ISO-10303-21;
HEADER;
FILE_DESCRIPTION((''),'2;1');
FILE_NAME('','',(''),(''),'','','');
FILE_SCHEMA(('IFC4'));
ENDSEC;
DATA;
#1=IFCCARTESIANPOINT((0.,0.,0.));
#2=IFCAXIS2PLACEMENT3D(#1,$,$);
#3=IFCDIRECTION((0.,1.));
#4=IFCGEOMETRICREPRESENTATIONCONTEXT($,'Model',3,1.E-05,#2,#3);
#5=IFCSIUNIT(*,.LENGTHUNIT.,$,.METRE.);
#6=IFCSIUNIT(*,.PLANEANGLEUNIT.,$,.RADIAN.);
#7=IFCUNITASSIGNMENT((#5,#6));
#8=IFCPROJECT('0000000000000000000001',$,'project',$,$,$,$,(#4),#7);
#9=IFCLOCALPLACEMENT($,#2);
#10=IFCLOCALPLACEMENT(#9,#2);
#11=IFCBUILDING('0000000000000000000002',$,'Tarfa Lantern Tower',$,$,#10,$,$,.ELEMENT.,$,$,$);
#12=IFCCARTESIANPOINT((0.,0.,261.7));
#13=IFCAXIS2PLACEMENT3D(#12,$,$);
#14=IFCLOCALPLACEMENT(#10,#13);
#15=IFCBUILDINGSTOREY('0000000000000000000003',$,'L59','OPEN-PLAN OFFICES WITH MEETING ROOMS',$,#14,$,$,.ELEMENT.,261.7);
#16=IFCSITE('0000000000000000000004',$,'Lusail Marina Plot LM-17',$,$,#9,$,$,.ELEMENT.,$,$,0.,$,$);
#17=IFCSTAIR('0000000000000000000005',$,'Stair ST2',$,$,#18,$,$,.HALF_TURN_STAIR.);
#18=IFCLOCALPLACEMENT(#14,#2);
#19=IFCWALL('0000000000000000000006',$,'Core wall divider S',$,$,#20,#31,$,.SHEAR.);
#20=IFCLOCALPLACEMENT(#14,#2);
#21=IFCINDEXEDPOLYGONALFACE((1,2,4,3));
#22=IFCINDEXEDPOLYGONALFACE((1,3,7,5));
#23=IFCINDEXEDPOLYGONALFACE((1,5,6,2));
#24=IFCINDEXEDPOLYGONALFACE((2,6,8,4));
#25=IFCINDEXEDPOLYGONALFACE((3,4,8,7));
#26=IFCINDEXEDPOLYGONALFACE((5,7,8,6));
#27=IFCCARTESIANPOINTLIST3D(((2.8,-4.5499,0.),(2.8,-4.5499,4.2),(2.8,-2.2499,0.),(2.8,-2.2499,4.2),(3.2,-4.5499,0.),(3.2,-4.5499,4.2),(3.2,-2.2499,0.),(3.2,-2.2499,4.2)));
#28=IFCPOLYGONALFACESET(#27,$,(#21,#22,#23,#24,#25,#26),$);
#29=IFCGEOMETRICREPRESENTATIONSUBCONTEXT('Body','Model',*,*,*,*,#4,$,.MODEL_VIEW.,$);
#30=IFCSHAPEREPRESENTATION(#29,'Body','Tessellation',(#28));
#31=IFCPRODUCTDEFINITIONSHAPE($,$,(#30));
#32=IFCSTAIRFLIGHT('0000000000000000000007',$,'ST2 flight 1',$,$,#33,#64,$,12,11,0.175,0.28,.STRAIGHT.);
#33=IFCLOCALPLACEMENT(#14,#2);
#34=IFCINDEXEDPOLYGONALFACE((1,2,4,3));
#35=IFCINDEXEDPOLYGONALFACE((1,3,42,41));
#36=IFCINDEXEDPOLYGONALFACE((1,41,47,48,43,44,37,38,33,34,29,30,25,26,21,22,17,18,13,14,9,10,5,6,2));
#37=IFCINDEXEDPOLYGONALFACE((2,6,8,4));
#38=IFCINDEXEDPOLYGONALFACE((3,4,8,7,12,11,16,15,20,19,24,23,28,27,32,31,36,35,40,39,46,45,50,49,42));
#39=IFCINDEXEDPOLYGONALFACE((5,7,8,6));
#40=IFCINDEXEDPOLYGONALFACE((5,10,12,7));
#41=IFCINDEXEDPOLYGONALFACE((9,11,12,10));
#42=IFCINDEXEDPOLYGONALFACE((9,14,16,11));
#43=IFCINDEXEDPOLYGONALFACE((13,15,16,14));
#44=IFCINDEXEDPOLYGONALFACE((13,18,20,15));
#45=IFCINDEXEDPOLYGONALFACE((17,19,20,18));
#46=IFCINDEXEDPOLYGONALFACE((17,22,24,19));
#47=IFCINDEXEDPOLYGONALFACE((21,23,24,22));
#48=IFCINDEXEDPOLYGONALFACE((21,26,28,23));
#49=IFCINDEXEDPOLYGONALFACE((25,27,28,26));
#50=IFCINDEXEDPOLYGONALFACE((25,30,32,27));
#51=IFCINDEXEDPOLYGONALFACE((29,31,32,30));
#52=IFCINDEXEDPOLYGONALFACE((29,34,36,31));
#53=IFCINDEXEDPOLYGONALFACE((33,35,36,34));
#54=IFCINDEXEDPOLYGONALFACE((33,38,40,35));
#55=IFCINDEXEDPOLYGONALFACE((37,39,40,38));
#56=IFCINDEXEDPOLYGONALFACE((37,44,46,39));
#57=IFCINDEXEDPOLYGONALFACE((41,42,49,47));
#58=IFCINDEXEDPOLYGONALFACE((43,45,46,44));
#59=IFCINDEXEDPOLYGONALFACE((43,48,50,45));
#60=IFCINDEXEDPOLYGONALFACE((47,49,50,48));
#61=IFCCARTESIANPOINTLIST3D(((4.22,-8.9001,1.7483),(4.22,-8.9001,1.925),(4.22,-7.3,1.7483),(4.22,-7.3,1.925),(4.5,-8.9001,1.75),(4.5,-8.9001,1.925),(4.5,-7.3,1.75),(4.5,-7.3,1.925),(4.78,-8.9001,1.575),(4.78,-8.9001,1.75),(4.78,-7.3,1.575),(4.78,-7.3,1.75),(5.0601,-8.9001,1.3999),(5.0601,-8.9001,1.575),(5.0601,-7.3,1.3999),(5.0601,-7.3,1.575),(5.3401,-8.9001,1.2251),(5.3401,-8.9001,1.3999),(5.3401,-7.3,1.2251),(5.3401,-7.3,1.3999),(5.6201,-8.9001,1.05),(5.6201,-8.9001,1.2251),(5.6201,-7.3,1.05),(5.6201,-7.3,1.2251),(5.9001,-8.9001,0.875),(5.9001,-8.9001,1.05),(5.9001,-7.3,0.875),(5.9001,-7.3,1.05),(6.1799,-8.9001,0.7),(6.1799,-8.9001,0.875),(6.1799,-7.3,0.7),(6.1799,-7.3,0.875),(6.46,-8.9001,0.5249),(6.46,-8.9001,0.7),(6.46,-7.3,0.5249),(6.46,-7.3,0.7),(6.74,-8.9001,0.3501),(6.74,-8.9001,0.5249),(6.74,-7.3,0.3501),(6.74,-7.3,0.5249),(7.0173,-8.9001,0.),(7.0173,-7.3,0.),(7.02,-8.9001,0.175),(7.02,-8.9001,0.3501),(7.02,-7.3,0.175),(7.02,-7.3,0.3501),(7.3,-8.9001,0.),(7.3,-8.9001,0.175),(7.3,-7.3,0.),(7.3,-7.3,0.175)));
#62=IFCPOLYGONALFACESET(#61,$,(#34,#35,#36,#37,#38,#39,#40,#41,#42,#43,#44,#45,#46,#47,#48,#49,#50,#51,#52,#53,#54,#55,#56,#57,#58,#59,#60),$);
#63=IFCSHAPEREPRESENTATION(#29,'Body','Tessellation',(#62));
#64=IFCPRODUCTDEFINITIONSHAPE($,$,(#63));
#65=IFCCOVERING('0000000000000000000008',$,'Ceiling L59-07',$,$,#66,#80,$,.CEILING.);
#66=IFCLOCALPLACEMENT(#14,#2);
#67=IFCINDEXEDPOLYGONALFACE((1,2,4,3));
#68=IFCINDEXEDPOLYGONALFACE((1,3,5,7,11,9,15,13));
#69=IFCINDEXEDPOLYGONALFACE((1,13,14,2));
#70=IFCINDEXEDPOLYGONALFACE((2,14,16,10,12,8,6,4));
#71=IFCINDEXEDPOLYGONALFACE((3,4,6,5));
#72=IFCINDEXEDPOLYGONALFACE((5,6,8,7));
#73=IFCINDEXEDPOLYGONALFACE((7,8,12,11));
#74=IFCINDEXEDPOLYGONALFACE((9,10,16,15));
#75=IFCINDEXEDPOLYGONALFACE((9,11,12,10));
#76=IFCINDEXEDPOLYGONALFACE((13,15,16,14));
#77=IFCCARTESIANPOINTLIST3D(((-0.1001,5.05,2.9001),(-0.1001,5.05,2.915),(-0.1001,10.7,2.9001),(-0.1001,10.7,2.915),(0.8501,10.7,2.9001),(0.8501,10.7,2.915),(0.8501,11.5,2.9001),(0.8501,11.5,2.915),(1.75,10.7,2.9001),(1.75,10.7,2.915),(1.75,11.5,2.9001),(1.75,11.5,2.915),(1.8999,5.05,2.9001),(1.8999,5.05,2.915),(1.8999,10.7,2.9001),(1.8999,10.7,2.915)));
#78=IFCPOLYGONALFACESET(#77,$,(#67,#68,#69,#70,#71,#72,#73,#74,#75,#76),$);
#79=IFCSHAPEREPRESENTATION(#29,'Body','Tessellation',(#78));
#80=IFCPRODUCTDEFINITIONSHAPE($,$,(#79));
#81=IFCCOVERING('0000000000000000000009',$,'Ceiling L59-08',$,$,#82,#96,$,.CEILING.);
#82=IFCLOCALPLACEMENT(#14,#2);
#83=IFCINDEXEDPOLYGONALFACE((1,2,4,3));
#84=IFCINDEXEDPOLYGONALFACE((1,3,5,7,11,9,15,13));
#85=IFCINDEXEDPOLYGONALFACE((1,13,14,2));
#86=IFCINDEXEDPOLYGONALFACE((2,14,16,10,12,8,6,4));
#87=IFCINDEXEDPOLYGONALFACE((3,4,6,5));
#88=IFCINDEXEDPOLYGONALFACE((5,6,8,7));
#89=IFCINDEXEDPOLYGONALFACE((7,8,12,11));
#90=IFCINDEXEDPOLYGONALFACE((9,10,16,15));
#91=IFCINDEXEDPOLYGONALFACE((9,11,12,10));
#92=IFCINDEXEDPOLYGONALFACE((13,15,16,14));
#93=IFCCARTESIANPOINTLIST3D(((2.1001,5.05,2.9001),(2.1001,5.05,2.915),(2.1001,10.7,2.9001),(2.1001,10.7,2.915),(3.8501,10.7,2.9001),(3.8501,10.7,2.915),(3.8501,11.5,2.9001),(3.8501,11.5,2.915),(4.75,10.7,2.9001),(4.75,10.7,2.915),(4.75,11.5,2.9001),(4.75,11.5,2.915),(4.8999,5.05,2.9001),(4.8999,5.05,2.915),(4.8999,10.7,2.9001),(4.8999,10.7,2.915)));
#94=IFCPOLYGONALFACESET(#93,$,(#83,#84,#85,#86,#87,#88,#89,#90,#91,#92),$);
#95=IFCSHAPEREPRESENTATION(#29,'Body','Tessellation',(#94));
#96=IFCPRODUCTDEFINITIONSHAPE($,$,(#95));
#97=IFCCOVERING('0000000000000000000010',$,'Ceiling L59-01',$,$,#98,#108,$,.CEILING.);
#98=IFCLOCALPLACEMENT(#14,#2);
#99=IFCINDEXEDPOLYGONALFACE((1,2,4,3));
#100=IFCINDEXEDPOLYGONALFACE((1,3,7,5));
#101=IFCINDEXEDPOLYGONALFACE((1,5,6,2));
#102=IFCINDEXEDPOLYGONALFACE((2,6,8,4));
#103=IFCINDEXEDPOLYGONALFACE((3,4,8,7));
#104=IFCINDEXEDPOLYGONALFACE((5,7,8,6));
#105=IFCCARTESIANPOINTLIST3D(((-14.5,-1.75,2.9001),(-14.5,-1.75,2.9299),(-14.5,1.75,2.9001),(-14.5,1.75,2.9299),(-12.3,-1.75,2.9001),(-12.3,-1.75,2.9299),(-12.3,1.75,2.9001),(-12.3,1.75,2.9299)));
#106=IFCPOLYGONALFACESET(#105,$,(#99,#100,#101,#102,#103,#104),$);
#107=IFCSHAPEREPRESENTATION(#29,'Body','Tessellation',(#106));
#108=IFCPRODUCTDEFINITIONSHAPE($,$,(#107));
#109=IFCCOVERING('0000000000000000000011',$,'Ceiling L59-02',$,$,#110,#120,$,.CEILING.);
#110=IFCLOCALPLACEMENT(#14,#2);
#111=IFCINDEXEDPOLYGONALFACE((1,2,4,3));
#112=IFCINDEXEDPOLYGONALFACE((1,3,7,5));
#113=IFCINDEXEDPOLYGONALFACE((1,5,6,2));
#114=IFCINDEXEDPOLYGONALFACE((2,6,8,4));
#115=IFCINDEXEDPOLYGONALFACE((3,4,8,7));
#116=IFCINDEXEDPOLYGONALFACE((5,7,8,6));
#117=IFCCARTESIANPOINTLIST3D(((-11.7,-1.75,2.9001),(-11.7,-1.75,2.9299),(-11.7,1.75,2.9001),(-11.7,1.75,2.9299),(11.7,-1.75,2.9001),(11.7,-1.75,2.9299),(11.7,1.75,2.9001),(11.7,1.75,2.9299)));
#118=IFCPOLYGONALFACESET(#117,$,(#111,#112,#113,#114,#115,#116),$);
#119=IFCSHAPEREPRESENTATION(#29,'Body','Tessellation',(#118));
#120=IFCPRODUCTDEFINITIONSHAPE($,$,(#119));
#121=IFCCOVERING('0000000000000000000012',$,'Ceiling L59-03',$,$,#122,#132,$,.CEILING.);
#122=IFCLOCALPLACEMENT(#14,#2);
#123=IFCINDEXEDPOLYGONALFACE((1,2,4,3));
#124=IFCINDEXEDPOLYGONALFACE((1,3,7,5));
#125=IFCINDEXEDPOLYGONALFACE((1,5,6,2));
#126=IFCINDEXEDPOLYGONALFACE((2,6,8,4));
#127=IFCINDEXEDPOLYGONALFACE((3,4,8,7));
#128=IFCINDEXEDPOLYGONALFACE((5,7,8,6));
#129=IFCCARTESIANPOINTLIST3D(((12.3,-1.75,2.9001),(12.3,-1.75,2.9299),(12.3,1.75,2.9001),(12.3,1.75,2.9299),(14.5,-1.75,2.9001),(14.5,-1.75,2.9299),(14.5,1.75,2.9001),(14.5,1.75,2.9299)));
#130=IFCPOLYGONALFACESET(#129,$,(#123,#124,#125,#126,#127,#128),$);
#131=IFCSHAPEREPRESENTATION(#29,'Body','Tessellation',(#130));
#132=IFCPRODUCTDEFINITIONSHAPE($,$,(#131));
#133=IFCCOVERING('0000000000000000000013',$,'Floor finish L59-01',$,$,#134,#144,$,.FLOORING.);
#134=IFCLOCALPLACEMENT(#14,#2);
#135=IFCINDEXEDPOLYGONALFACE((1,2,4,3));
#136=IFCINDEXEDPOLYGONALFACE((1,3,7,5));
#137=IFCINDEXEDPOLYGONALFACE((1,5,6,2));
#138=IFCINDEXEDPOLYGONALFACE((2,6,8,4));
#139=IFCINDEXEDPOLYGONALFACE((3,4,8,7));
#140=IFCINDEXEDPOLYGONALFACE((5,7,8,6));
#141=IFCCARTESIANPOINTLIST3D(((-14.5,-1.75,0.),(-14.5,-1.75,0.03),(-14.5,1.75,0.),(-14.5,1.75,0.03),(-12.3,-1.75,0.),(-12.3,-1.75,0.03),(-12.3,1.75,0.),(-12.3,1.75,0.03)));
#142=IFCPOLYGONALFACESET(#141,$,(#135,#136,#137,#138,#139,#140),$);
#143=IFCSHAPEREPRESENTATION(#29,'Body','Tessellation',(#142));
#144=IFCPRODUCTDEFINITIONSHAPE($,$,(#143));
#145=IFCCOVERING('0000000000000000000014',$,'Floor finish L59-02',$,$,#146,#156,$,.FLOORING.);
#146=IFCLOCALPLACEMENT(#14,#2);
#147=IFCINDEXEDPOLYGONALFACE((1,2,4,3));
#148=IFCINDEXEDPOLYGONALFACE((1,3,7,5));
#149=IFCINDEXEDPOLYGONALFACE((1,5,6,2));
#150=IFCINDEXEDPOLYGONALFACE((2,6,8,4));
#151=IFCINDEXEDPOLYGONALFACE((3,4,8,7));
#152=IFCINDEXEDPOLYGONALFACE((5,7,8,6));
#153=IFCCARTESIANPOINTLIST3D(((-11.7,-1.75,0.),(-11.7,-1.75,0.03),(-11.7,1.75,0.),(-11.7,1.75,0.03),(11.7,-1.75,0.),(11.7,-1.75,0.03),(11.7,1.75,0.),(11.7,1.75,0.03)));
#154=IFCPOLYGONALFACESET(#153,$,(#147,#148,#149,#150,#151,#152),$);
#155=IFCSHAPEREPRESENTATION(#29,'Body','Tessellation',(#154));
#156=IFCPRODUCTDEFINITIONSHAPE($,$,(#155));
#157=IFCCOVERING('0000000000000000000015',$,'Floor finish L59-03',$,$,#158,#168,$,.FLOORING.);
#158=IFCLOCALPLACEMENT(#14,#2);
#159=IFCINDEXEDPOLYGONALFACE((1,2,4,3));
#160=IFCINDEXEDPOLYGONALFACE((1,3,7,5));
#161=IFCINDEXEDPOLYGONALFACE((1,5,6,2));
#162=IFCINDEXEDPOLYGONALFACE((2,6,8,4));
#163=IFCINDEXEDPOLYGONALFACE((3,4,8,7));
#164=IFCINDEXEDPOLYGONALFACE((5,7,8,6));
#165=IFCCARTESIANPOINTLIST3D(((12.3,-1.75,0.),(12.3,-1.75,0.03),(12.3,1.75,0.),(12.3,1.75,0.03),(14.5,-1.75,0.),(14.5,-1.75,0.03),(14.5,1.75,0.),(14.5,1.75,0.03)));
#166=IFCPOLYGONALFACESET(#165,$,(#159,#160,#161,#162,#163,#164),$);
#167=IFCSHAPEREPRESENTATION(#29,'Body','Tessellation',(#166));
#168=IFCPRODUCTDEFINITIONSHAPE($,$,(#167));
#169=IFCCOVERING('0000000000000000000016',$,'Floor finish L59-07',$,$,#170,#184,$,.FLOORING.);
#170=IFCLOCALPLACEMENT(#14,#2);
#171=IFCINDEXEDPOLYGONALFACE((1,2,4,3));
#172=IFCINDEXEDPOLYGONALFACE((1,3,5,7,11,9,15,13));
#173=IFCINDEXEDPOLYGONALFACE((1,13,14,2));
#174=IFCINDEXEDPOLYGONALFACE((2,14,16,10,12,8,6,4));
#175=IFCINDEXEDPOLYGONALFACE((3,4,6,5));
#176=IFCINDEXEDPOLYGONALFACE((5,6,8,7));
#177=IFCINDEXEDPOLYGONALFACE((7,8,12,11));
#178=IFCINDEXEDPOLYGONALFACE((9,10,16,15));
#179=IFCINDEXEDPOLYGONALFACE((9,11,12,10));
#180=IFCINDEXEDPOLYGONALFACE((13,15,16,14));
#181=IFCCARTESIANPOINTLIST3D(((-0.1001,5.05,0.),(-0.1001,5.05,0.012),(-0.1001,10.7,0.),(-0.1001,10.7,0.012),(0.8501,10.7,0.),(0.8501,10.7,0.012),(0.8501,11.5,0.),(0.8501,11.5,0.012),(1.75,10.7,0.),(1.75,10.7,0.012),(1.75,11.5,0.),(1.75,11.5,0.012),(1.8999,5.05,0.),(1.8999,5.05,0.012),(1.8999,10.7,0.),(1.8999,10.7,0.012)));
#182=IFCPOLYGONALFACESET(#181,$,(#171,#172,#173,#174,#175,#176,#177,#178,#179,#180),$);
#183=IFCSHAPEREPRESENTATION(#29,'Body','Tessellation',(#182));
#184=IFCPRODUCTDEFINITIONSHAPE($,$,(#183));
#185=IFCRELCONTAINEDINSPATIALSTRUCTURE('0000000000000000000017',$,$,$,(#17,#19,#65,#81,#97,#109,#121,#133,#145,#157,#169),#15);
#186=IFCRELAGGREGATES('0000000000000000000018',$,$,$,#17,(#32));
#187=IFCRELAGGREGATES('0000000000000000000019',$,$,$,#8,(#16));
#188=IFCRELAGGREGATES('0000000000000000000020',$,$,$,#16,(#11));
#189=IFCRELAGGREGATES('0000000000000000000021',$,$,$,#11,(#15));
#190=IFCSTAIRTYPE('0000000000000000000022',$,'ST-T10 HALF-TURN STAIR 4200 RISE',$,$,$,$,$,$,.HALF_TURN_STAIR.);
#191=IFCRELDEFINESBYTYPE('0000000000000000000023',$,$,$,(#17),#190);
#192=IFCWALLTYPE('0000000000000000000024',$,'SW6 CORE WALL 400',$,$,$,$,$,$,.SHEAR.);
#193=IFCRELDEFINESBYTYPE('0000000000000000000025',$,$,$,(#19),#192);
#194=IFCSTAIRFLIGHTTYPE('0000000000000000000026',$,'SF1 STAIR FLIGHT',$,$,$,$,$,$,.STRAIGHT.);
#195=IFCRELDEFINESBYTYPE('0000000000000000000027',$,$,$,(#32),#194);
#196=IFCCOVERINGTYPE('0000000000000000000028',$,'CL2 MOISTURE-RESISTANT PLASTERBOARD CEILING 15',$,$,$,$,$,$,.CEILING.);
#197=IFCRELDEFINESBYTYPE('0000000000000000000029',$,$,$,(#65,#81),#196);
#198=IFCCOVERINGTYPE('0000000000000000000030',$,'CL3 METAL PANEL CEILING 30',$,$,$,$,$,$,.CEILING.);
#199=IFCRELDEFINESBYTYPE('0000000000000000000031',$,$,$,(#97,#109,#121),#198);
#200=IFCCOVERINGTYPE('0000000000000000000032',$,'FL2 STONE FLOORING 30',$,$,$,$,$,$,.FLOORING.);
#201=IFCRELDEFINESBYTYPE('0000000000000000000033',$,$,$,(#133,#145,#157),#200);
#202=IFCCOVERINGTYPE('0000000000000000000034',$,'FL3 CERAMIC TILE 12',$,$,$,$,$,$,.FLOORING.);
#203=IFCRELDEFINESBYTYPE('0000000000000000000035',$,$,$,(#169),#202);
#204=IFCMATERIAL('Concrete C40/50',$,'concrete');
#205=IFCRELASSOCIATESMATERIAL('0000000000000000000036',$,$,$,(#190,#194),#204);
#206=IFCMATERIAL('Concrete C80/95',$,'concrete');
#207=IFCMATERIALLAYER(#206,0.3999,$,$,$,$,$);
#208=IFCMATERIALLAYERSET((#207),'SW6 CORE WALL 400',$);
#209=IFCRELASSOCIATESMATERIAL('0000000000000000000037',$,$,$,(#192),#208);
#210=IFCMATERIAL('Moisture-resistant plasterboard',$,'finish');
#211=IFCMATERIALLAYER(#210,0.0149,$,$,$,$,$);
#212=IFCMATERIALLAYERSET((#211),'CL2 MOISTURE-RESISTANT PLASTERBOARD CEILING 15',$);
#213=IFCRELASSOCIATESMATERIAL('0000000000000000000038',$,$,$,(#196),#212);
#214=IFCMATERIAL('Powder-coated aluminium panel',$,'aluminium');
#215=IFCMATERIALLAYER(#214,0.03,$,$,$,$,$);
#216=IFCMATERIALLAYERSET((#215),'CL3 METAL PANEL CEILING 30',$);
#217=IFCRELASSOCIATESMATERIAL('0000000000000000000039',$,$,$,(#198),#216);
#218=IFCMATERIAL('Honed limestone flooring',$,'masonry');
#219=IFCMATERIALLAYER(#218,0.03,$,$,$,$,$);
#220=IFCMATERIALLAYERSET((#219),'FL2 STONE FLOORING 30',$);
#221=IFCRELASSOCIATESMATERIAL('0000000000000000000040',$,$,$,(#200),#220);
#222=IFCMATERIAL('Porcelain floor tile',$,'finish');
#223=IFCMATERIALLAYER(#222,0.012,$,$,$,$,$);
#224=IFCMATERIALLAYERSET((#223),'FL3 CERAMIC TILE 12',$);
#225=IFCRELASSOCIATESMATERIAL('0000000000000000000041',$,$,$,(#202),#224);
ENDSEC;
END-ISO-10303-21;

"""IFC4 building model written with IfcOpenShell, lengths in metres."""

from ifc_helpers import new_model, si_unit, direction, frame, frame_2d, origin, place, context, subcontext, project, spatial, polyline, rectangle, outline, extrude, material, layer, layer_set, type_object, element, aggregate, save


model = new_model("IFC4")

# Units and contexts
model_context = context("Model", 3, precision=1e-05, world=origin(), true_north=direction((0.0, 1.0)))
body_context = subcontext(model_context, "Body", "Model", "MODEL_VIEW")
ifc_project = project(units=[si_unit("LENGTHUNIT", "METRE"), si_unit("PLANEANGLEUNIT", "RADIAN")], contexts=[model_context])

# Site, building, storey
site_placement = place(None, origin())
site = spatial("IfcSite", under=ifc_project, at=site_placement, Name="Lusail Marina Plot LM-17", CompositionType="ELEMENT", RefElevation=0.0)
building_placement = place(site_placement, origin())
building = spatial("IfcBuilding", under=site, at=building_placement, Name="Tarfa Lantern Tower", CompositionType="ELEMENT")
storey_placement = place(building_placement, frame((0.0, 0.0, 261.7)))
storey = spatial("IfcBuildingStorey", under=building, at=storey_placement, Name="L59", Description="OPEN-PLAN OFFICES WITH MEETING ROOMS", CompositionType="ELEMENT", Elevation=261.7)

# Stair
ifc_material_1 = material(Name="Concrete C40/50", Category="concrete")
stair_type = type_object("IfcStairType", Name="ST-T10 HALF-TURN STAIR 4200 RISE", PredefinedType="HALF_TURN_STAIR", material=ifc_material_1)
stair_placement = place(storey_placement, origin())
stair = element("IfcStair", 1, at=stair_placement, inside=storey, type_object=stair_type, Name="Stair ST2", PredefinedType="HALF_TURN_STAIR")

# Shared definitions
ifc_material_2 = material(Name="Concrete C80/95", Category="concrete")

# Wall
ifc_layer_1 = layer(ifc_material_2, 0.3999)
ifc_layer_set_1 = layer_set([ifc_layer_1], Name="SW6 CORE WALL 400")
wall_type_1 = type_object("IfcWallType", Name="SW6 CORE WALL 400", PredefinedType="SHEAR", material=ifc_layer_set_1)
for number, where, z_axis, x_axis, name in (
    (2, (3.0, -2.25, 0.0), (0.0, 0.0, 1.0), (0.0, -1.0, 0.0), "Core wall divider S"),
):
    element("IfcWall", number, at=place(storey_placement, frame(where, z_axis=z_axis, x_axis=x_axis)), inside=storey, type_object=wall_type_1, Name=name, PredefinedType="SHEAR", context=body_context, shape_type="SweptSolid", body=[
        extrude(rectangle(XDim=2.3, YDim=0.3999, at=frame_2d((1.1499, 0.0))), origin(), (0.0, 0.0, 1.0), 4.2),
    ])

# Stair flight
stair_flight_type = type_object("IfcStairFlightType", Name="SF1 STAIR FLIGHT", PredefinedType="STRAIGHT", material=ifc_material_1)
stair_flight_placement = place(storey_placement, frame((7.3, -8.1001, 0.0), z_axis=(0.0, 0.0, 1.0), x_axis=(-1.0, 0.0, 0.0)))
stair_flight = element("IfcStairFlight", 3, at=stair_flight_placement, type_object=stair_flight_type, Name="ST2 flight 1", NumberOfRisers=12, NumberOfTreads=11, PredefinedType="STRAIGHT", RiserHeight=0.175, TreadLength=0.28, context=body_context, shape_type="SweptSolid", body=[
    extrude(outline(polyline([(0.0, 0.0), (0.0, 0.175), (0.28, 0.175), (0.28, 0.3501), (0.5601, 0.3501), (0.5601, 0.5249), (0.8401, 0.5249), (0.8401, 0.7), (1.1201, 0.7), (1.1201, 0.875), (1.3999, 0.875), (1.3999, 1.05), (1.6799, 1.05), (1.6799, 1.2251), (1.96, 1.2251), (1.96, 1.3999), (2.24, 1.3999), (2.24, 1.575), (2.52, 1.575), (2.52, 1.75), (2.8, 1.75), (2.8, 1.925), (3.0801, 1.925), (3.0801, 2.1001), (3.0801, 1.7483), (0.2827, 0.0), (0.0, 0.0)])), frame((0.0, 0.8, 0.0), z_axis=(0.0, -1.0, 0.0), x_axis=(1.0, 0.0, 0.0)), (0.0, 0.0, 1.0), 1.6001),
])
aggregate(stair, [stair_flight])

# Coverings
ifc_material_3 = material(Name="Moisture-resistant plasterboard", Category="finish")
ifc_layer_2 = layer(ifc_material_3, 0.0149)
ifc_layer_set_2 = layer_set([ifc_layer_2], Name="CL2 MOISTURE-RESISTANT PLASTERBOARD CEILING 15")
covering_type_1 = type_object("IfcCoveringType", Name="CL2 MOISTURE-RESISTANT PLASTERBOARD CEILING 15", PredefinedType="CEILING", material=ifc_layer_set_2)
covering_1_placement = place(storey_placement, frame((0.0, 0.0, 2.9001)))
element("IfcCovering", 4, at=covering_1_placement, inside=storey, type_object=covering_type_1, Name="Ceiling L59-07", PredefinedType="CEILING", context=body_context, shape_type="SweptSolid", body=[
    extrude(outline(polyline([(0.8501, 10.7), (-0.1001, 10.7), (-0.1001, 5.05), (1.8999, 5.05), (1.8999, 10.7), (1.75, 10.7), (1.75, 11.5), (1.75, 11.5), (0.8501, 11.5), (0.8501, 10.7)])), origin(), (0.0, 0.0, 1.0), 0.0149),
])
covering_2_placement = place(storey_placement, frame((0.0, 0.0, 2.9001)))
element("IfcCovering", 5, at=covering_2_placement, inside=storey, type_object=covering_type_1, Name="Ceiling L59-08", PredefinedType="CEILING", context=body_context, shape_type="SweptSolid", body=[
    extrude(outline(polyline([(2.1001, 5.05), (4.8999, 5.05), (4.8999, 10.7), (4.75, 10.7), (4.75, 11.5), (3.8501, 11.5), (3.8501, 10.7), (2.1001, 10.7), (2.1001, 5.05)])), origin(), (0.0, 0.0, 1.0), 0.0149),
])
ifc_material_4 = material(Name="Powder-coated aluminium panel", Category="aluminium")
ifc_layer_3 = layer(ifc_material_4, 0.03)
ifc_layer_set_3 = layer_set([ifc_layer_3], Name="CL3 METAL PANEL CEILING 30")
covering_type_2 = type_object("IfcCoveringType", Name="CL3 METAL PANEL CEILING 30", PredefinedType="CEILING", material=ifc_layer_set_3)
covering_3_placement = place(storey_placement, frame((0.0, 0.0, 2.9001)))
element("IfcCovering", 6, at=covering_3_placement, inside=storey, type_object=covering_type_2, Name="Ceiling L59-01", PredefinedType="CEILING", context=body_context, shape_type="SweptSolid", body=[
    extrude(outline(polyline([(-14.5, -1.75), (-12.3, -1.75), (-12.3, 1.75), (-14.5, 1.75), (-14.5, -1.75)])), origin(), (0.0, 0.0, 1.0), 0.0298),
])
covering_4_placement = place(storey_placement, frame((0.0, 0.0, 2.9001)))
element("IfcCovering", 7, at=covering_4_placement, inside=storey, type_object=covering_type_2, Name="Ceiling L59-02", PredefinedType="CEILING", context=body_context, shape_type="SweptSolid", body=[
    extrude(outline(polyline([(-11.7, -1.75), (11.7, -1.75), (11.7, 1.75), (-11.7, 1.75), (-11.7, -1.75)])), origin(), (0.0, 0.0, 1.0), 0.0298),
])
covering_5_placement = place(storey_placement, frame((0.0, 0.0, 2.9001)))
element("IfcCovering", 8, at=covering_5_placement, inside=storey, type_object=covering_type_2, Name="Ceiling L59-03", PredefinedType="CEILING", context=body_context, shape_type="SweptSolid", body=[
    extrude(outline(polyline([(12.3, -1.75), (14.5, -1.75), (14.5, 1.75), (12.3, 1.75), (12.3, -1.75)])), origin(), (0.0, 0.0, 1.0), 0.0298),
])
ifc_material_5 = material(Name="Honed limestone flooring", Category="masonry")
ifc_layer_4 = layer(ifc_material_5, 0.03)
ifc_layer_set_4 = layer_set([ifc_layer_4], Name="FL2 STONE FLOORING 30")
covering_type_3 = type_object("IfcCoveringType", Name="FL2 STONE FLOORING 30", PredefinedType="FLOORING", material=ifc_layer_set_4)
covering_6_placement = place(storey_placement, origin())
element("IfcCovering", 9, at=covering_6_placement, inside=storey, type_object=covering_type_3, Name="Floor finish L59-01", PredefinedType="FLOORING", context=body_context, shape_type="SweptSolid", body=[
    extrude(outline(polyline([(-14.5, -1.75), (-12.3, -1.75), (-12.3, 1.75), (-14.5, 1.75), (-14.5, -1.75)])), origin(), (0.0, 0.0, 1.0), 0.03),
])
covering_7_placement = place(storey_placement, origin())
element("IfcCovering", 10, at=covering_7_placement, inside=storey, type_object=covering_type_3, Name="Floor finish L59-02", PredefinedType="FLOORING", context=body_context, shape_type="SweptSolid", body=[
    extrude(outline(polyline([(-11.7, -1.75), (11.7, -1.75), (11.7, 1.75), (-11.7, 1.75), (-11.7, -1.75)])), origin(), (0.0, 0.0, 1.0), 0.03),
])
covering_8_placement = place(storey_placement, origin())
element("IfcCovering", 11, at=covering_8_placement, inside=storey, type_object=covering_type_3, Name="Floor finish L59-03", PredefinedType="FLOORING", context=body_context, shape_type="SweptSolid", body=[
    extrude(outline(polyline([(12.3, -1.75), (14.5, -1.75), (14.5, 1.75), (12.3, 1.75), (12.3, -1.75)])), origin(), (0.0, 0.0, 1.0), 0.03),
])
ifc_material_6 = material(Name="Porcelain floor tile", Category="finish")
ifc_layer_5 = layer(ifc_material_6, 0.012)
ifc_layer_set_5 = layer_set([ifc_layer_5], Name="FL3 CERAMIC TILE 12")
covering_type_4 = type_object("IfcCoveringType", Name="FL3 CERAMIC TILE 12", PredefinedType="FLOORING", material=ifc_layer_set_5)
covering_9_placement = place(storey_placement, origin())
element("IfcCovering", 12, at=covering_9_placement, inside=storey, type_object=covering_type_4, Name="Floor finish L59-07", PredefinedType="FLOORING", context=body_context, shape_type="SweptSolid", body=[
    extrude(outline(polyline([(0.8501, 10.7), (-0.1001, 10.7), (-0.1001, 5.05), (1.8999, 5.05), (1.8999, 10.7), (1.75, 10.7), (1.75, 11.5), (1.75, 11.5), (0.8501, 11.5), (0.8501, 10.7)])), origin(), (0.0, 0.0, 1.0), 0.012),
])

save(model, "model.ifc")
